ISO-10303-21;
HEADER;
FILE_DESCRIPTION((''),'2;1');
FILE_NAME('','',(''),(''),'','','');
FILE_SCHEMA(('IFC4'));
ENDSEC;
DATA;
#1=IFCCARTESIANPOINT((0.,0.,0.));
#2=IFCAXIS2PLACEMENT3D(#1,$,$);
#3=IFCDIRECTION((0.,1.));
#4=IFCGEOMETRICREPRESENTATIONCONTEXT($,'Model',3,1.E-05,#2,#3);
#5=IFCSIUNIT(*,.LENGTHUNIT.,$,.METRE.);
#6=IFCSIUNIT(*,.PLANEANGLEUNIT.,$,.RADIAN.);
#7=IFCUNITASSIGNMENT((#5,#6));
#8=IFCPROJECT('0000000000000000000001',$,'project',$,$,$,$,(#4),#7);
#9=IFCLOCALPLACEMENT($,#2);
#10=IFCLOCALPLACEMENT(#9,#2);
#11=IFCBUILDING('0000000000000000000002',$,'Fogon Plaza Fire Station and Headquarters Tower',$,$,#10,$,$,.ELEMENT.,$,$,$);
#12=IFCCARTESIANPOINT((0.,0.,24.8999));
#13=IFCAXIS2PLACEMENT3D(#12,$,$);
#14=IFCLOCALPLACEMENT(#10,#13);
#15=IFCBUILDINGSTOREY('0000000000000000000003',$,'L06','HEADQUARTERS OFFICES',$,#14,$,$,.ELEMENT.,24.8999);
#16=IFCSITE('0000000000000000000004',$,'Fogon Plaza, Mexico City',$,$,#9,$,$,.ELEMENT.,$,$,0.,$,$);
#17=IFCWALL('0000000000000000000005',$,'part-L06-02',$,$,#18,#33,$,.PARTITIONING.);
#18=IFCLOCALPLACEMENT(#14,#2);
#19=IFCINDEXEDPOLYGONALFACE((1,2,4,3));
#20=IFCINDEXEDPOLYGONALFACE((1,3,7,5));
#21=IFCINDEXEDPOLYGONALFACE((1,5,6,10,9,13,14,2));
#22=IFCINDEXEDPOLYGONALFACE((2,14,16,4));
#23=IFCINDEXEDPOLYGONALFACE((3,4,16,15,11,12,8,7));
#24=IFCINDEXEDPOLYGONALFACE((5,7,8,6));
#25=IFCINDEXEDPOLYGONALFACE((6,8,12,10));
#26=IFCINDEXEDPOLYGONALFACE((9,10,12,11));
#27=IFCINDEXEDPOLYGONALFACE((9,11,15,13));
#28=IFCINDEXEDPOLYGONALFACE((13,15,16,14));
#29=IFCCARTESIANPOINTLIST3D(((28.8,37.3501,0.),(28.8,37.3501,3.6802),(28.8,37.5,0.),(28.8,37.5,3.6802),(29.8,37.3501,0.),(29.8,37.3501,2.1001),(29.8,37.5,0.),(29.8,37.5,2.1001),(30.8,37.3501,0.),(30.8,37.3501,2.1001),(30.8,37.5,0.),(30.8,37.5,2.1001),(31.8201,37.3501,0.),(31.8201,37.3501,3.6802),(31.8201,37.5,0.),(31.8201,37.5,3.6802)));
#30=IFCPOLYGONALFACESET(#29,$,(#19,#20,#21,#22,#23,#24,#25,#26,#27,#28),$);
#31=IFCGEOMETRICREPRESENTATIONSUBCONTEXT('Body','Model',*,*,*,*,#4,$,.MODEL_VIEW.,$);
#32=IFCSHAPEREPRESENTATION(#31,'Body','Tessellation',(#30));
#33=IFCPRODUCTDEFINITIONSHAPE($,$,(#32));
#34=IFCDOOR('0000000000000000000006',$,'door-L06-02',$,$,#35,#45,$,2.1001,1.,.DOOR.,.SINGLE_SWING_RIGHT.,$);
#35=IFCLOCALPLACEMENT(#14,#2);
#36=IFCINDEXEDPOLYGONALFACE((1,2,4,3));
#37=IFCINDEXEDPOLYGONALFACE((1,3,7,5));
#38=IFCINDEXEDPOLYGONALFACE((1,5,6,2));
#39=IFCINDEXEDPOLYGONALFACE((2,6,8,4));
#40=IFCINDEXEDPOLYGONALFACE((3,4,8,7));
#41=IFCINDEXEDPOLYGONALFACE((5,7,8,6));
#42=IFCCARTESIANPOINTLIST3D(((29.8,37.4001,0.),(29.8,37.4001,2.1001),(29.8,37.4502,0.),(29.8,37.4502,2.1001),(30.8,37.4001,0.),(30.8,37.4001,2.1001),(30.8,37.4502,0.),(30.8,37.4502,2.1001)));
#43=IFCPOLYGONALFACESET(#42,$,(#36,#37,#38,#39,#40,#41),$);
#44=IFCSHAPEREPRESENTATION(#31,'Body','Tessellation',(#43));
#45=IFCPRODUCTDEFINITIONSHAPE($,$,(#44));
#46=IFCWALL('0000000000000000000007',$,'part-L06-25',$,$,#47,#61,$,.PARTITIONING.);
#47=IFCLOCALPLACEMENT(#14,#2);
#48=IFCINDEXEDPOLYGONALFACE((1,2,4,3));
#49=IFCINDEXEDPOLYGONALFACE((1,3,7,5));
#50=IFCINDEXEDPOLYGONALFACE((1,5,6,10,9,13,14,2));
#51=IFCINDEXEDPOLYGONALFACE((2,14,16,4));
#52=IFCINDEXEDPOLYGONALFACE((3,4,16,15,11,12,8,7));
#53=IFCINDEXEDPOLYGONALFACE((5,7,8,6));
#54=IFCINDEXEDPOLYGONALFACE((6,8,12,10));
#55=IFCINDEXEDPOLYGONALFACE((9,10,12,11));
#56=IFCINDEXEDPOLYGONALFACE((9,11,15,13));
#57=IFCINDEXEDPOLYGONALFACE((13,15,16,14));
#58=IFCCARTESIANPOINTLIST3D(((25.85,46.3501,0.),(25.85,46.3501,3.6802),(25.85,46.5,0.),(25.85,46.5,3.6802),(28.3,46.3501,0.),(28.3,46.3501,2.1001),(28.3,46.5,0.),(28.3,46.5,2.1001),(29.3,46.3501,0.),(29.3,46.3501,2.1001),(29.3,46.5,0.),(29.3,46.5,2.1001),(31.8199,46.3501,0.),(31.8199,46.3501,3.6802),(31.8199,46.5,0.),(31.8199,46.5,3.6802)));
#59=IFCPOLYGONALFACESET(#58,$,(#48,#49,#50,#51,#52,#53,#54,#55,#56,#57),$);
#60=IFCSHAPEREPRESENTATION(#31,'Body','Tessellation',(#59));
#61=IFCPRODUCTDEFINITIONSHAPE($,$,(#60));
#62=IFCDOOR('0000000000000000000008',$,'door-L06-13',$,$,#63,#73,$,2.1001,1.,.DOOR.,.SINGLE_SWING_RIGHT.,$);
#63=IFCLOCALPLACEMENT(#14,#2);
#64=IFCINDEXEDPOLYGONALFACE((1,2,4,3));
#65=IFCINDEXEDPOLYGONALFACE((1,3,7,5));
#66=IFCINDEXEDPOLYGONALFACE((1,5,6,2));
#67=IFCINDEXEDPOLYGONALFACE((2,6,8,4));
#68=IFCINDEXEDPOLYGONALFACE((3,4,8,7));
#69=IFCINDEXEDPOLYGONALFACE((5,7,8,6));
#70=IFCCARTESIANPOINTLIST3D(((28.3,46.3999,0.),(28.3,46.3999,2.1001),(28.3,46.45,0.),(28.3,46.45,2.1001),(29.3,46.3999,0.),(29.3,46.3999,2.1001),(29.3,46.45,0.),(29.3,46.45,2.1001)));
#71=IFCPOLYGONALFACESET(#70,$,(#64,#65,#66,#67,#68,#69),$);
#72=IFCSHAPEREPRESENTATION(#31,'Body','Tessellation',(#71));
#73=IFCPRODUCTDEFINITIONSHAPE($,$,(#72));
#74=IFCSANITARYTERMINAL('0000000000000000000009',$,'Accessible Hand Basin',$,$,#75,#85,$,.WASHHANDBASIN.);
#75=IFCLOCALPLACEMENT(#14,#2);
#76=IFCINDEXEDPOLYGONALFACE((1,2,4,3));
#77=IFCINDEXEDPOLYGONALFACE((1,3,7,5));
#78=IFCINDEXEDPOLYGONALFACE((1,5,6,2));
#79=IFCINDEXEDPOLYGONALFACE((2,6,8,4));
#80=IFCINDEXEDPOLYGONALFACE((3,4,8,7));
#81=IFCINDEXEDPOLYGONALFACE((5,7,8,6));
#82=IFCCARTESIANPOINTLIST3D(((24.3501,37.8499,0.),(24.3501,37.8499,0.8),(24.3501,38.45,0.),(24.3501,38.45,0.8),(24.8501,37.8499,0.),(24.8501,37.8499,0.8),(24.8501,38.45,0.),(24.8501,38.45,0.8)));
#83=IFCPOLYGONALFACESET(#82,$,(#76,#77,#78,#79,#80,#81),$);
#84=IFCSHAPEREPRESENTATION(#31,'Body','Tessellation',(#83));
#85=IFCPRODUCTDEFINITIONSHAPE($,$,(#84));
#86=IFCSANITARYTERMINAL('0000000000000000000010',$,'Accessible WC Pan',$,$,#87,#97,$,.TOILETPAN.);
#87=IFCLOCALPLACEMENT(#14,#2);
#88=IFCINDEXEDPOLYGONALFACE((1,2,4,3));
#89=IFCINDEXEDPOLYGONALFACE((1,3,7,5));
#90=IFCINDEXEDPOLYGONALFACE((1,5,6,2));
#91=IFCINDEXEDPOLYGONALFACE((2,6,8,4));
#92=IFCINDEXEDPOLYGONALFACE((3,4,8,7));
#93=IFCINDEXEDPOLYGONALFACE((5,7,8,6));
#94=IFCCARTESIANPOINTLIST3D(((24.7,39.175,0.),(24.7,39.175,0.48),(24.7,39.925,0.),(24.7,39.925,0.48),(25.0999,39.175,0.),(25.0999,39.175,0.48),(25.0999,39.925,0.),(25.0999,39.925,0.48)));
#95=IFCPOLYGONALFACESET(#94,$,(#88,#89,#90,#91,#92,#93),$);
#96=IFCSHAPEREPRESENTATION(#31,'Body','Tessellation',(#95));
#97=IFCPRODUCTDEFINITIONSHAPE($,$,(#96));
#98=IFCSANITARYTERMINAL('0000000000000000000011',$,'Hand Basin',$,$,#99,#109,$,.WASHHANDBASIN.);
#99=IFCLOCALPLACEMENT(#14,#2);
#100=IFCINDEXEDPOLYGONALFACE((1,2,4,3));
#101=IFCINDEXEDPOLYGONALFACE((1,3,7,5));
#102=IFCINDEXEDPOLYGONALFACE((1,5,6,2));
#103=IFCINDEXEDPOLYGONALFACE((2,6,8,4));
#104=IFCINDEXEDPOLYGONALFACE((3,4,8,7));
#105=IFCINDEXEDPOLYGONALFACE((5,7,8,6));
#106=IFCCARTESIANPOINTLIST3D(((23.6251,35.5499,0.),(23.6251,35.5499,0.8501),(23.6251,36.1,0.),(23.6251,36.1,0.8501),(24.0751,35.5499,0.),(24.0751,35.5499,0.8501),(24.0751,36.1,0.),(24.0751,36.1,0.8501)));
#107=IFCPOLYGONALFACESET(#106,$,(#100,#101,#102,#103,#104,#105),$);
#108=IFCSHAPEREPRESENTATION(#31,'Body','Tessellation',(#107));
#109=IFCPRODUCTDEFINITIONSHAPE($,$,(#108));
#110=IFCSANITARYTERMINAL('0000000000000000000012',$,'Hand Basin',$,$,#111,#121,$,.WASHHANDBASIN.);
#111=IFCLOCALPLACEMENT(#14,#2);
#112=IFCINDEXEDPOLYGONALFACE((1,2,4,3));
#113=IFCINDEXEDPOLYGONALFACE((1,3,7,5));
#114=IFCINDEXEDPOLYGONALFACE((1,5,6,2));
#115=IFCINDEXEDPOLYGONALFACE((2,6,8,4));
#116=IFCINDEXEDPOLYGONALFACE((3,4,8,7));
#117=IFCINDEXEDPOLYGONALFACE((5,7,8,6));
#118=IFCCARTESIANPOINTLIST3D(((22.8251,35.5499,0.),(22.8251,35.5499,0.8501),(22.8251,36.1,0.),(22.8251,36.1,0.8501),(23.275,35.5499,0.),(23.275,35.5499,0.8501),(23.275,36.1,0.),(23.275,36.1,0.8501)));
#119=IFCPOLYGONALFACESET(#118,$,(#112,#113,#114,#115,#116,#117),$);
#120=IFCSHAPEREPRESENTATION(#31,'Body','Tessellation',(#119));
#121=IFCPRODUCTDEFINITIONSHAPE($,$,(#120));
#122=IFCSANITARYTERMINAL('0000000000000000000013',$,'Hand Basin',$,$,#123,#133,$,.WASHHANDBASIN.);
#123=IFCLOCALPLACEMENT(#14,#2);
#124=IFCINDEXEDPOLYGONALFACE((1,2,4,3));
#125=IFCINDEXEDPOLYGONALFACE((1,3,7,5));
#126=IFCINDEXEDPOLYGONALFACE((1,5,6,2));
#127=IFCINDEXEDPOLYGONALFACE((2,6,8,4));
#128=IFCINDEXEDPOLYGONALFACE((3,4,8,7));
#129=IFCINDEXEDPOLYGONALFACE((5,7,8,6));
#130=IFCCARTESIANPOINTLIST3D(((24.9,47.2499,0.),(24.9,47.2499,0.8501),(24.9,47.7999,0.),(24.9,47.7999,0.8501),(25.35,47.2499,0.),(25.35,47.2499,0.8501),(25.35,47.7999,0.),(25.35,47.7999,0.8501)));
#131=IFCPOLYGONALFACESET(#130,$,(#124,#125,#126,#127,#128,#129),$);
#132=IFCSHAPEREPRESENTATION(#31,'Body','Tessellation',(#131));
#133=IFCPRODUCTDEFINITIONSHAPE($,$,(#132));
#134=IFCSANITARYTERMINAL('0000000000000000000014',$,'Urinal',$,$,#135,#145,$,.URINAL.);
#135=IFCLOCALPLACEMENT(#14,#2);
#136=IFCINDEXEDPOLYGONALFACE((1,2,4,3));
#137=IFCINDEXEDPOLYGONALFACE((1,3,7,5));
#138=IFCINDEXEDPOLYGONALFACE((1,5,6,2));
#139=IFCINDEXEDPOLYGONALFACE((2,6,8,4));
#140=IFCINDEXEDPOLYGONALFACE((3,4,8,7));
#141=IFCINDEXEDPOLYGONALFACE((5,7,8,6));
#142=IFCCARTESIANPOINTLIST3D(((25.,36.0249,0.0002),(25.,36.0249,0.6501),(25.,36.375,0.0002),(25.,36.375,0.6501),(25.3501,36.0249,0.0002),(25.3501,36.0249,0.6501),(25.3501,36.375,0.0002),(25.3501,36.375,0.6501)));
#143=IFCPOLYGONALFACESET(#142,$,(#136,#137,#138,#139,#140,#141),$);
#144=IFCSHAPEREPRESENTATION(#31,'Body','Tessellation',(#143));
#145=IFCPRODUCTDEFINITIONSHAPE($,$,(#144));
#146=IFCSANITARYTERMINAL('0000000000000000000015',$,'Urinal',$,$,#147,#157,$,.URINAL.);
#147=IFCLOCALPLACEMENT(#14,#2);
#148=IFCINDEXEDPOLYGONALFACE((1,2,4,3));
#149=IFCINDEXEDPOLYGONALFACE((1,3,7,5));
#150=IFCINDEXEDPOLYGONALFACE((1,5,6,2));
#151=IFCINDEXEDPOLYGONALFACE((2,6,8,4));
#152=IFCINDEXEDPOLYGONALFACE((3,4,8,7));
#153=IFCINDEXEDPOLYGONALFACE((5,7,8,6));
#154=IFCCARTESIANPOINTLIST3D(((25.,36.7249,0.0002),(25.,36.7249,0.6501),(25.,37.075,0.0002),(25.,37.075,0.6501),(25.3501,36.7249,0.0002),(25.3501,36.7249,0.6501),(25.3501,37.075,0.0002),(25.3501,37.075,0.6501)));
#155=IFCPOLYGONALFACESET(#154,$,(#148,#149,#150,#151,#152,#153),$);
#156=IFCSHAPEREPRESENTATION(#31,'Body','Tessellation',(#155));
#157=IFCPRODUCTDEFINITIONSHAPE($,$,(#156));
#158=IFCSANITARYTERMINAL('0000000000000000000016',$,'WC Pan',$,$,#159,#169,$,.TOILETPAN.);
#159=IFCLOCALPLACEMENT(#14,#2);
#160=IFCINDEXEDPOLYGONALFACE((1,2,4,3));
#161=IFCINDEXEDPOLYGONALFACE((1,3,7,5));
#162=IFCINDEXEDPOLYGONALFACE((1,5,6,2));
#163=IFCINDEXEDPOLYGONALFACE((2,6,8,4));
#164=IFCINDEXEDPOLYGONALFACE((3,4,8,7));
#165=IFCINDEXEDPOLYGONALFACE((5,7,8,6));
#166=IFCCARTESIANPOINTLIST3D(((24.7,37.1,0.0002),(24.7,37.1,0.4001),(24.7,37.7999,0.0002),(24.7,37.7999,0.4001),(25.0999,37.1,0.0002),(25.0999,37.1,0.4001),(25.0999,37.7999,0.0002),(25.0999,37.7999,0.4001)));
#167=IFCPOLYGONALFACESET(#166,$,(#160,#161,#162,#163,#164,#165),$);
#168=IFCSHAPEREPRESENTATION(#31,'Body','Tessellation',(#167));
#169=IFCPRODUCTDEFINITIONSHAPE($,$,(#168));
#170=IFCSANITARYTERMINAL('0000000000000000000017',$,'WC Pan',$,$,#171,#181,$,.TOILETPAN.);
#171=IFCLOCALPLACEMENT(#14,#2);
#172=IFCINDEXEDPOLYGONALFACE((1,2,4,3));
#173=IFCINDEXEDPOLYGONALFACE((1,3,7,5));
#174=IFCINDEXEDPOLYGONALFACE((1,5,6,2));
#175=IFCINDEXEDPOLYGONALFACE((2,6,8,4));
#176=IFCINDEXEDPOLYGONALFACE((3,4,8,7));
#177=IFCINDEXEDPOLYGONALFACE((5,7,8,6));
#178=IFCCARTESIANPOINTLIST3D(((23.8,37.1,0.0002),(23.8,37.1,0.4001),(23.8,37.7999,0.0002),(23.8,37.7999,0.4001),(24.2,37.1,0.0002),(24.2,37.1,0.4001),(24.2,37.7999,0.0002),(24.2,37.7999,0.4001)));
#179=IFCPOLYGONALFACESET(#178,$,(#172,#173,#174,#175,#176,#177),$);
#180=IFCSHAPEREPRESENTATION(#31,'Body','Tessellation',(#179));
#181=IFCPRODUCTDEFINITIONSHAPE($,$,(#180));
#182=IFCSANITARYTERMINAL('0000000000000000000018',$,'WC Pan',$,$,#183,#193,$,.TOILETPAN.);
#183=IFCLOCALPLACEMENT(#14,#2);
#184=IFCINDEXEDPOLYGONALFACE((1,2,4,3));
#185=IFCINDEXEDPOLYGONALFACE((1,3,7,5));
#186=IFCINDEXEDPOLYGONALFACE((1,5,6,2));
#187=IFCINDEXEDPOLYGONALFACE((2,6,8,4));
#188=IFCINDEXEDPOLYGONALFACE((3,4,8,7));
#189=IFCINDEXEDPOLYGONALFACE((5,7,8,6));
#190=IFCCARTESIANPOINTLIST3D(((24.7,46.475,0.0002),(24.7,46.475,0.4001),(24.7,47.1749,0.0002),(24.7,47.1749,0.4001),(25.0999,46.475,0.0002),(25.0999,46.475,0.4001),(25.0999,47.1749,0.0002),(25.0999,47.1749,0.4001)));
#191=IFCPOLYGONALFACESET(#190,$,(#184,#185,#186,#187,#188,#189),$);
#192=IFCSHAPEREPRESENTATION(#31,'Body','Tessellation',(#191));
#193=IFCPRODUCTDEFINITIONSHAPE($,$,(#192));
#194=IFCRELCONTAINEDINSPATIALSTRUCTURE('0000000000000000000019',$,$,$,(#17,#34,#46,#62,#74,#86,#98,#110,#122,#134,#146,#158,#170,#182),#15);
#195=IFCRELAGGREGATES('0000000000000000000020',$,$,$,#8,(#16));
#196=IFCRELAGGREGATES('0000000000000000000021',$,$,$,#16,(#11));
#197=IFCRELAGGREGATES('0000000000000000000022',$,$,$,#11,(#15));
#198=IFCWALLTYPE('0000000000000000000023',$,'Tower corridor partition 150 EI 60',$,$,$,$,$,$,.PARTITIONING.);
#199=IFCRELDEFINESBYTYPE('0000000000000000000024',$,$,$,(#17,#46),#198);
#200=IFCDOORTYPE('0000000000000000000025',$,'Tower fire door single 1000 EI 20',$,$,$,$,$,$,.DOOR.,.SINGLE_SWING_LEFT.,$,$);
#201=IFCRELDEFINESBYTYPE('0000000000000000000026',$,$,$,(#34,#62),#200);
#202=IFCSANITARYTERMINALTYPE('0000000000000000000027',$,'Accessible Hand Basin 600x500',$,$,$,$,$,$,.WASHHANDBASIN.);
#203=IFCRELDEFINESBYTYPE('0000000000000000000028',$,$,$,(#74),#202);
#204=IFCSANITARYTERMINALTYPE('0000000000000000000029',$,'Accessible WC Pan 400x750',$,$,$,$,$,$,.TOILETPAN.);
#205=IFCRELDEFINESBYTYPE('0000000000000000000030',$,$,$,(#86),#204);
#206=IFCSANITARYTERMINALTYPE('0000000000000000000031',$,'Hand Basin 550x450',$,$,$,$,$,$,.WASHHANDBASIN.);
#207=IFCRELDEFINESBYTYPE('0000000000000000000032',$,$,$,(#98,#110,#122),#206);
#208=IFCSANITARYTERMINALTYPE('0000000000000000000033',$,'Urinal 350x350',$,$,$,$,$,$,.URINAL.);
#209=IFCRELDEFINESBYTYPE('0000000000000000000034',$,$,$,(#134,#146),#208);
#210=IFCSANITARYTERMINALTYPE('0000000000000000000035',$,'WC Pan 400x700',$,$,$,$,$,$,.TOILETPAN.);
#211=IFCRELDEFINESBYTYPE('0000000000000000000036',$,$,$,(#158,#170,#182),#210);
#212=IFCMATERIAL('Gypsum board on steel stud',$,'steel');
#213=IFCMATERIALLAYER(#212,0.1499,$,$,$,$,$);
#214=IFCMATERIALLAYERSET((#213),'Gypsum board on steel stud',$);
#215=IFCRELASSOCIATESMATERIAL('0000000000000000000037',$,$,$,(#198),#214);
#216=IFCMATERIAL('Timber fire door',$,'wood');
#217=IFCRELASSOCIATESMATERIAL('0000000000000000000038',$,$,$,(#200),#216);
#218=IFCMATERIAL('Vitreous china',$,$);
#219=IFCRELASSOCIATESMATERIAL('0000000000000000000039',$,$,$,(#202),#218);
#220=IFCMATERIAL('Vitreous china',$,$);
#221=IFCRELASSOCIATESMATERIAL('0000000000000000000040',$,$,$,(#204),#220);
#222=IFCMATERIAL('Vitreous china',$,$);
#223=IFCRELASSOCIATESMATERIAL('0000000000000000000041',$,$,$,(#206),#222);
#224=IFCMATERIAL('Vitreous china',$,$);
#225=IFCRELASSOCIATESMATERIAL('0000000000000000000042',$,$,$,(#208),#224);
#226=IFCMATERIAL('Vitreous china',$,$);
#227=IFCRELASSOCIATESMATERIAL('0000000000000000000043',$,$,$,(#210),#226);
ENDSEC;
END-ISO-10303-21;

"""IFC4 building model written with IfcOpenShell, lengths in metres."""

from ifc_helpers import new_model, si_unit, direction, frame, frame_2d, origin, origin_2d, place, context, subcontext, project, spatial, rectangle, extrude, material, layer, layer_set, type_object, element, fill, save


model = new_model("IFC4")

# Units and contexts
model_context = context("Model", 3, precision=1e-05, world=origin(), true_north=direction((0.0, 1.0)))
body_context = subcontext(model_context, "Body", "Model", "MODEL_VIEW")
ifc_project = project(units=[si_unit("LENGTHUNIT", "METRE"), si_unit("PLANEANGLEUNIT", "RADIAN")], contexts=[model_context])

# Site, building, storey
site_placement = place(None, origin())
site = spatial("IfcSite", under=ifc_project, at=site_placement, Name="Fogon Plaza, Mexico City", CompositionType="ELEMENT", RefElevation=0.0)
building_placement = place(site_placement, origin())
building = spatial("IfcBuilding", under=site, at=building_placement, Name="Fogon Plaza Fire Station and Headquarters Tower", CompositionType="ELEMENT")
storey_placement = place(building_placement, frame((0.0, 0.0, 24.8999)))
storey = spatial("IfcBuildingStorey", under=building, at=storey_placement, Name="L06", Description="HEADQUARTERS OFFICES", CompositionType="ELEMENT", Elevation=24.8999)

# Walls, openings, doors
ifc_material_1 = material(Name="Gypsum board on steel stud", Category="steel")
ifc_layer_1 = layer(ifc_material_1, 0.1499)
ifc_layer_set_1 = layer_set([ifc_layer_1], Name="Gypsum board on steel stud")
wall_type_1 = type_object("IfcWallType", Name="Tower corridor partition 150 EI 60", PredefinedType="PARTITIONING", material=ifc_layer_set_1)
ifc_material_2 = material(Name="Timber fire door", Category="wood")
door_type_1 = type_object("IfcDoorType", Name="Tower fire door single 1000 EI 20", OperationType="SINGLE_SWING_LEFT", PredefinedType="DOOR", material=ifc_material_2)
wall_1_placement = place(storey_placement, frame((28.8, 37.425, 0.0), z_axis=(0.0, 0.0, 1.0), x_axis=(1.0, 0.0, 0.0)))
wall_1 = element("IfcWall", 1, at=wall_1_placement, inside=storey, type_object=wall_type_1, Name="part-L06-02", PredefinedType="PARTITIONING", context=body_context, shape_type="SweptSolid", body=[
    extrude(rectangle(XDim=3.02, YDim=0.1499, at=frame_2d((1.51, 0.0))), origin(), (0.0, 0.0, 1.0), 3.6802),
])
opening_1_placement = place(wall_1_placement, frame((1.0, 0.0, 0.0)))
opening_1 = element("IfcOpeningElement", 2, at=opening_1_placement, cuts=wall_1, PredefinedType="OPENING", context=body_context, shape_type="SweptSolid", body=[
    extrude(rectangle(XDim=1.0, YDim=2.1001, at=frame_2d((0.5, 1.05))), frame((0.0, 0.085, 0.0), z_axis=(0.0, -1.0, 0.0), x_axis=(1.0, 0.0, 0.0)), (0.0, 0.0, 1.0), 0.1699),
])
door_1_placement = place(opening_1_placement, frame((1.0, 0.0, 0.0), z_axis=(0.0, 0.0, 1.0), x_axis=(-1.0, 0.0, 0.0)))
door_1 = element("IfcDoor", 3, at=door_1_placement, inside=storey, type_object=door_type_1, Name="door-L06-02", OperationType="SINGLE_SWING_RIGHT", OverallHeight=2.1001, OverallWidth=1.0, PredefinedType="DOOR", context=body_context, shape_type="SweptSolid", body=[
    extrude(rectangle(XDim=1.0, YDim=2.1001, at=frame_2d((0.5, 1.05))), frame((0.0, 0.0249, 0.0), z_axis=(0.0, -1.0, 0.0), x_axis=(1.0, 0.0, 0.0)), (0.0, 0.0, 1.0), 0.05),
])
fill(opening_1, door_1)
wall_2_placement = place(storey_placement, frame((25.8501, 46.425, 0.0), z_axis=(0.0, 0.0, 1.0), x_axis=(1.0, 0.0, 0.0)))
wall_2 = element("IfcWall", 4, at=wall_2_placement, inside=storey, type_object=wall_type_1, Name="part-L06-25", PredefinedType="PARTITIONING", context=body_context, shape_type="SweptSolid", body=[
    extrude(rectangle(XDim=5.97, YDim=0.1499, at=frame_2d((2.9849, 0.0))), origin(), (0.0, 0.0, 1.0), 3.6802),
])
opening_2_placement = place(wall_2_placement, frame((2.45, 0.0, 0.0)))
opening_2 = element("IfcOpeningElement", 5, at=opening_2_placement, cuts=wall_2, PredefinedType="OPENING", context=body_context, shape_type="SweptSolid", body=[
    extrude(rectangle(XDim=1.0, YDim=2.1001, at=frame_2d((0.5, 1.05))), frame((0.0, 0.085, 0.0), z_axis=(0.0, -1.0, 0.0), x_axis=(1.0, 0.0, 0.0)), (0.0, 0.0, 1.0), 0.1699),
])
door_2_placement = place(opening_2_placement, origin())
door_2 = element("IfcDoor", 6, at=door_2_placement, inside=storey, type_object=door_type_1, Name="door-L06-13", OperationType="SINGLE_SWING_RIGHT", OverallHeight=2.1001, OverallWidth=1.0, PredefinedType="DOOR", context=body_context, shape_type="SweptSolid", body=[
    extrude(rectangle(XDim=1.0, YDim=2.1001, at=frame_2d((0.5, 1.05))), frame((0.0, 0.0249, 0.0), z_axis=(0.0, -1.0, 0.0), x_axis=(1.0, 0.0, 0.0)), (0.0, 0.0, 1.0), 0.05),
])
fill(opening_2, door_2)

# Sanitary terminals
ifc_material_3 = material(Name="Vitreous china")
sanitary_terminal_type_1 = type_object("IfcSanitaryTerminalType", Name="Accessible Hand Basin 600x500", PredefinedType="WASHHANDBASIN", material=ifc_material_3)
sanitary_terminal_1_placement = place(storey_placement, frame((24.6001, 38.1499, 0.0), z_axis=(0.0, 0.0, 1.0), x_axis=(1.0, 0.0, 0.0)))
element("IfcSanitaryTerminal", 7, at=sanitary_terminal_1_placement, inside=storey, type_object=sanitary_terminal_type_1, Name="Accessible Hand Basin", PredefinedType="WASHHANDBASIN", context=body_context, shape_type="SweptSolid", body=[
    extrude(rectangle(XDim=0.5, YDim=0.6001, at=origin_2d()), origin(), (0.0, 0.0, 1.0), 0.8),
])
ifc_material_4 = material(Name="Vitreous china")
sanitary_terminal_type_2 = type_object("IfcSanitaryTerminalType", Name="Accessible WC Pan 400x750", PredefinedType="TOILETPAN", material=ifc_material_4)
sanitary_terminal_2_placement = place(storey_placement, frame((24.8999, 39.55, 0.0), z_axis=(0.0, 0.0, 1.0), x_axis=(1.0, 0.0, 0.0)))
element("IfcSanitaryTerminal", 8, at=sanitary_terminal_2_placement, inside=storey, type_object=sanitary_terminal_type_2, Name="Accessible WC Pan", PredefinedType="TOILETPAN", context=body_context, shape_type="SweptSolid", body=[
    extrude(rectangle(XDim=0.3999, YDim=0.75, at=origin_2d()), origin(), (0.0, 0.0, 1.0), 0.48),
])
ifc_material_5 = material(Name="Vitreous china")
sanitary_terminal_type_3 = type_object("IfcSanitaryTerminalType", Name="Hand Basin 550x450", PredefinedType="WASHHANDBASIN", material=ifc_material_5)
for number, where, z_axis, x_axis, name in (
    (9, (23.8501, 35.825, 0.0), (0.0, 0.0, 1.0), (1.0, 0.0, 0.0), "Hand Basin"),
    (10, (23.05, 35.825, 0.0), (0.0, 0.0, 1.0), (1.0, 0.0, 0.0), "Hand Basin"),
    (11, (25.125, 47.5249, 0.0), (0.0, 0.0, 1.0), (1.0, 0.0, 0.0), "Hand Basin"),
):
    element("IfcSanitaryTerminal", number, at=place(storey_placement, frame(where, z_axis=z_axis, x_axis=x_axis)), inside=storey, type_object=sanitary_terminal_type_3, Name=name, PredefinedType="WASHHANDBASIN", context=body_context, shape_type="SweptSolid", body=[
        extrude(rectangle(XDim=0.45, YDim=0.55, at=origin_2d()), origin(), (0.0, 0.0, 1.0), 0.8501),
    ])
ifc_material_6 = material(Name="Vitreous china")
sanitary_terminal_type_4 = type_object("IfcSanitaryTerminalType", Name="Urinal 350x350", PredefinedType="URINAL", material=ifc_material_6)
for number, where, z_axis, x_axis, name in (
    (12, (25.175, 36.2, 0.0002), (0.0, 0.0, 1.0), (1.0, 0.0, 0.0), "Urinal"),
    (13, (25.175, 36.8999, 0.0002), (0.0, 0.0, 1.0), (1.0, 0.0, 0.0), "Urinal"),
):
    element("IfcSanitaryTerminal", number, at=place(storey_placement, frame(where, z_axis=z_axis, x_axis=x_axis)), inside=storey, type_object=sanitary_terminal_type_4, Name=name, PredefinedType="URINAL", context=body_context, shape_type="SweptSolid", body=[
        extrude(rectangle(XDim=0.3501, YDim=0.3501, at=origin_2d()), origin(), (0.0, 0.0, 1.0), 0.6499),
    ])
ifc_material_7 = material(Name="Vitreous china")
sanitary_terminal_type_5 = type_object("IfcSanitaryTerminalType", Name="WC Pan 400x700", PredefinedType="TOILETPAN", material=ifc_material_7)
for number, where, z_axis, x_axis, name in (
    (14, (24.8999, 37.45, 0.0002), (0.0, 0.0, 1.0), (1.0, 0.0, 0.0), "WC Pan"),
    (15, (24.0, 37.45, 0.0002), (0.0, 0.0, 1.0), (1.0, 0.0, 0.0), "WC Pan"),
    (16, (24.8999, 46.825, 0.0002), (0.0, 0.0, 1.0), (1.0, 0.0, 0.0), "WC Pan"),
):
    element("IfcSanitaryTerminal", number, at=place(storey_placement, frame(where, z_axis=z_axis, x_axis=x_axis)), inside=storey, type_object=sanitary_terminal_type_5, Name=name, PredefinedType="TOILETPAN", context=body_context, shape_type="SweptSolid", body=[
        extrude(rectangle(XDim=0.3999, YDim=0.7, at=origin_2d()), origin(), (0.0, 0.0, 1.0), 0.3999),
    ])

save(model, "model.ifc")
